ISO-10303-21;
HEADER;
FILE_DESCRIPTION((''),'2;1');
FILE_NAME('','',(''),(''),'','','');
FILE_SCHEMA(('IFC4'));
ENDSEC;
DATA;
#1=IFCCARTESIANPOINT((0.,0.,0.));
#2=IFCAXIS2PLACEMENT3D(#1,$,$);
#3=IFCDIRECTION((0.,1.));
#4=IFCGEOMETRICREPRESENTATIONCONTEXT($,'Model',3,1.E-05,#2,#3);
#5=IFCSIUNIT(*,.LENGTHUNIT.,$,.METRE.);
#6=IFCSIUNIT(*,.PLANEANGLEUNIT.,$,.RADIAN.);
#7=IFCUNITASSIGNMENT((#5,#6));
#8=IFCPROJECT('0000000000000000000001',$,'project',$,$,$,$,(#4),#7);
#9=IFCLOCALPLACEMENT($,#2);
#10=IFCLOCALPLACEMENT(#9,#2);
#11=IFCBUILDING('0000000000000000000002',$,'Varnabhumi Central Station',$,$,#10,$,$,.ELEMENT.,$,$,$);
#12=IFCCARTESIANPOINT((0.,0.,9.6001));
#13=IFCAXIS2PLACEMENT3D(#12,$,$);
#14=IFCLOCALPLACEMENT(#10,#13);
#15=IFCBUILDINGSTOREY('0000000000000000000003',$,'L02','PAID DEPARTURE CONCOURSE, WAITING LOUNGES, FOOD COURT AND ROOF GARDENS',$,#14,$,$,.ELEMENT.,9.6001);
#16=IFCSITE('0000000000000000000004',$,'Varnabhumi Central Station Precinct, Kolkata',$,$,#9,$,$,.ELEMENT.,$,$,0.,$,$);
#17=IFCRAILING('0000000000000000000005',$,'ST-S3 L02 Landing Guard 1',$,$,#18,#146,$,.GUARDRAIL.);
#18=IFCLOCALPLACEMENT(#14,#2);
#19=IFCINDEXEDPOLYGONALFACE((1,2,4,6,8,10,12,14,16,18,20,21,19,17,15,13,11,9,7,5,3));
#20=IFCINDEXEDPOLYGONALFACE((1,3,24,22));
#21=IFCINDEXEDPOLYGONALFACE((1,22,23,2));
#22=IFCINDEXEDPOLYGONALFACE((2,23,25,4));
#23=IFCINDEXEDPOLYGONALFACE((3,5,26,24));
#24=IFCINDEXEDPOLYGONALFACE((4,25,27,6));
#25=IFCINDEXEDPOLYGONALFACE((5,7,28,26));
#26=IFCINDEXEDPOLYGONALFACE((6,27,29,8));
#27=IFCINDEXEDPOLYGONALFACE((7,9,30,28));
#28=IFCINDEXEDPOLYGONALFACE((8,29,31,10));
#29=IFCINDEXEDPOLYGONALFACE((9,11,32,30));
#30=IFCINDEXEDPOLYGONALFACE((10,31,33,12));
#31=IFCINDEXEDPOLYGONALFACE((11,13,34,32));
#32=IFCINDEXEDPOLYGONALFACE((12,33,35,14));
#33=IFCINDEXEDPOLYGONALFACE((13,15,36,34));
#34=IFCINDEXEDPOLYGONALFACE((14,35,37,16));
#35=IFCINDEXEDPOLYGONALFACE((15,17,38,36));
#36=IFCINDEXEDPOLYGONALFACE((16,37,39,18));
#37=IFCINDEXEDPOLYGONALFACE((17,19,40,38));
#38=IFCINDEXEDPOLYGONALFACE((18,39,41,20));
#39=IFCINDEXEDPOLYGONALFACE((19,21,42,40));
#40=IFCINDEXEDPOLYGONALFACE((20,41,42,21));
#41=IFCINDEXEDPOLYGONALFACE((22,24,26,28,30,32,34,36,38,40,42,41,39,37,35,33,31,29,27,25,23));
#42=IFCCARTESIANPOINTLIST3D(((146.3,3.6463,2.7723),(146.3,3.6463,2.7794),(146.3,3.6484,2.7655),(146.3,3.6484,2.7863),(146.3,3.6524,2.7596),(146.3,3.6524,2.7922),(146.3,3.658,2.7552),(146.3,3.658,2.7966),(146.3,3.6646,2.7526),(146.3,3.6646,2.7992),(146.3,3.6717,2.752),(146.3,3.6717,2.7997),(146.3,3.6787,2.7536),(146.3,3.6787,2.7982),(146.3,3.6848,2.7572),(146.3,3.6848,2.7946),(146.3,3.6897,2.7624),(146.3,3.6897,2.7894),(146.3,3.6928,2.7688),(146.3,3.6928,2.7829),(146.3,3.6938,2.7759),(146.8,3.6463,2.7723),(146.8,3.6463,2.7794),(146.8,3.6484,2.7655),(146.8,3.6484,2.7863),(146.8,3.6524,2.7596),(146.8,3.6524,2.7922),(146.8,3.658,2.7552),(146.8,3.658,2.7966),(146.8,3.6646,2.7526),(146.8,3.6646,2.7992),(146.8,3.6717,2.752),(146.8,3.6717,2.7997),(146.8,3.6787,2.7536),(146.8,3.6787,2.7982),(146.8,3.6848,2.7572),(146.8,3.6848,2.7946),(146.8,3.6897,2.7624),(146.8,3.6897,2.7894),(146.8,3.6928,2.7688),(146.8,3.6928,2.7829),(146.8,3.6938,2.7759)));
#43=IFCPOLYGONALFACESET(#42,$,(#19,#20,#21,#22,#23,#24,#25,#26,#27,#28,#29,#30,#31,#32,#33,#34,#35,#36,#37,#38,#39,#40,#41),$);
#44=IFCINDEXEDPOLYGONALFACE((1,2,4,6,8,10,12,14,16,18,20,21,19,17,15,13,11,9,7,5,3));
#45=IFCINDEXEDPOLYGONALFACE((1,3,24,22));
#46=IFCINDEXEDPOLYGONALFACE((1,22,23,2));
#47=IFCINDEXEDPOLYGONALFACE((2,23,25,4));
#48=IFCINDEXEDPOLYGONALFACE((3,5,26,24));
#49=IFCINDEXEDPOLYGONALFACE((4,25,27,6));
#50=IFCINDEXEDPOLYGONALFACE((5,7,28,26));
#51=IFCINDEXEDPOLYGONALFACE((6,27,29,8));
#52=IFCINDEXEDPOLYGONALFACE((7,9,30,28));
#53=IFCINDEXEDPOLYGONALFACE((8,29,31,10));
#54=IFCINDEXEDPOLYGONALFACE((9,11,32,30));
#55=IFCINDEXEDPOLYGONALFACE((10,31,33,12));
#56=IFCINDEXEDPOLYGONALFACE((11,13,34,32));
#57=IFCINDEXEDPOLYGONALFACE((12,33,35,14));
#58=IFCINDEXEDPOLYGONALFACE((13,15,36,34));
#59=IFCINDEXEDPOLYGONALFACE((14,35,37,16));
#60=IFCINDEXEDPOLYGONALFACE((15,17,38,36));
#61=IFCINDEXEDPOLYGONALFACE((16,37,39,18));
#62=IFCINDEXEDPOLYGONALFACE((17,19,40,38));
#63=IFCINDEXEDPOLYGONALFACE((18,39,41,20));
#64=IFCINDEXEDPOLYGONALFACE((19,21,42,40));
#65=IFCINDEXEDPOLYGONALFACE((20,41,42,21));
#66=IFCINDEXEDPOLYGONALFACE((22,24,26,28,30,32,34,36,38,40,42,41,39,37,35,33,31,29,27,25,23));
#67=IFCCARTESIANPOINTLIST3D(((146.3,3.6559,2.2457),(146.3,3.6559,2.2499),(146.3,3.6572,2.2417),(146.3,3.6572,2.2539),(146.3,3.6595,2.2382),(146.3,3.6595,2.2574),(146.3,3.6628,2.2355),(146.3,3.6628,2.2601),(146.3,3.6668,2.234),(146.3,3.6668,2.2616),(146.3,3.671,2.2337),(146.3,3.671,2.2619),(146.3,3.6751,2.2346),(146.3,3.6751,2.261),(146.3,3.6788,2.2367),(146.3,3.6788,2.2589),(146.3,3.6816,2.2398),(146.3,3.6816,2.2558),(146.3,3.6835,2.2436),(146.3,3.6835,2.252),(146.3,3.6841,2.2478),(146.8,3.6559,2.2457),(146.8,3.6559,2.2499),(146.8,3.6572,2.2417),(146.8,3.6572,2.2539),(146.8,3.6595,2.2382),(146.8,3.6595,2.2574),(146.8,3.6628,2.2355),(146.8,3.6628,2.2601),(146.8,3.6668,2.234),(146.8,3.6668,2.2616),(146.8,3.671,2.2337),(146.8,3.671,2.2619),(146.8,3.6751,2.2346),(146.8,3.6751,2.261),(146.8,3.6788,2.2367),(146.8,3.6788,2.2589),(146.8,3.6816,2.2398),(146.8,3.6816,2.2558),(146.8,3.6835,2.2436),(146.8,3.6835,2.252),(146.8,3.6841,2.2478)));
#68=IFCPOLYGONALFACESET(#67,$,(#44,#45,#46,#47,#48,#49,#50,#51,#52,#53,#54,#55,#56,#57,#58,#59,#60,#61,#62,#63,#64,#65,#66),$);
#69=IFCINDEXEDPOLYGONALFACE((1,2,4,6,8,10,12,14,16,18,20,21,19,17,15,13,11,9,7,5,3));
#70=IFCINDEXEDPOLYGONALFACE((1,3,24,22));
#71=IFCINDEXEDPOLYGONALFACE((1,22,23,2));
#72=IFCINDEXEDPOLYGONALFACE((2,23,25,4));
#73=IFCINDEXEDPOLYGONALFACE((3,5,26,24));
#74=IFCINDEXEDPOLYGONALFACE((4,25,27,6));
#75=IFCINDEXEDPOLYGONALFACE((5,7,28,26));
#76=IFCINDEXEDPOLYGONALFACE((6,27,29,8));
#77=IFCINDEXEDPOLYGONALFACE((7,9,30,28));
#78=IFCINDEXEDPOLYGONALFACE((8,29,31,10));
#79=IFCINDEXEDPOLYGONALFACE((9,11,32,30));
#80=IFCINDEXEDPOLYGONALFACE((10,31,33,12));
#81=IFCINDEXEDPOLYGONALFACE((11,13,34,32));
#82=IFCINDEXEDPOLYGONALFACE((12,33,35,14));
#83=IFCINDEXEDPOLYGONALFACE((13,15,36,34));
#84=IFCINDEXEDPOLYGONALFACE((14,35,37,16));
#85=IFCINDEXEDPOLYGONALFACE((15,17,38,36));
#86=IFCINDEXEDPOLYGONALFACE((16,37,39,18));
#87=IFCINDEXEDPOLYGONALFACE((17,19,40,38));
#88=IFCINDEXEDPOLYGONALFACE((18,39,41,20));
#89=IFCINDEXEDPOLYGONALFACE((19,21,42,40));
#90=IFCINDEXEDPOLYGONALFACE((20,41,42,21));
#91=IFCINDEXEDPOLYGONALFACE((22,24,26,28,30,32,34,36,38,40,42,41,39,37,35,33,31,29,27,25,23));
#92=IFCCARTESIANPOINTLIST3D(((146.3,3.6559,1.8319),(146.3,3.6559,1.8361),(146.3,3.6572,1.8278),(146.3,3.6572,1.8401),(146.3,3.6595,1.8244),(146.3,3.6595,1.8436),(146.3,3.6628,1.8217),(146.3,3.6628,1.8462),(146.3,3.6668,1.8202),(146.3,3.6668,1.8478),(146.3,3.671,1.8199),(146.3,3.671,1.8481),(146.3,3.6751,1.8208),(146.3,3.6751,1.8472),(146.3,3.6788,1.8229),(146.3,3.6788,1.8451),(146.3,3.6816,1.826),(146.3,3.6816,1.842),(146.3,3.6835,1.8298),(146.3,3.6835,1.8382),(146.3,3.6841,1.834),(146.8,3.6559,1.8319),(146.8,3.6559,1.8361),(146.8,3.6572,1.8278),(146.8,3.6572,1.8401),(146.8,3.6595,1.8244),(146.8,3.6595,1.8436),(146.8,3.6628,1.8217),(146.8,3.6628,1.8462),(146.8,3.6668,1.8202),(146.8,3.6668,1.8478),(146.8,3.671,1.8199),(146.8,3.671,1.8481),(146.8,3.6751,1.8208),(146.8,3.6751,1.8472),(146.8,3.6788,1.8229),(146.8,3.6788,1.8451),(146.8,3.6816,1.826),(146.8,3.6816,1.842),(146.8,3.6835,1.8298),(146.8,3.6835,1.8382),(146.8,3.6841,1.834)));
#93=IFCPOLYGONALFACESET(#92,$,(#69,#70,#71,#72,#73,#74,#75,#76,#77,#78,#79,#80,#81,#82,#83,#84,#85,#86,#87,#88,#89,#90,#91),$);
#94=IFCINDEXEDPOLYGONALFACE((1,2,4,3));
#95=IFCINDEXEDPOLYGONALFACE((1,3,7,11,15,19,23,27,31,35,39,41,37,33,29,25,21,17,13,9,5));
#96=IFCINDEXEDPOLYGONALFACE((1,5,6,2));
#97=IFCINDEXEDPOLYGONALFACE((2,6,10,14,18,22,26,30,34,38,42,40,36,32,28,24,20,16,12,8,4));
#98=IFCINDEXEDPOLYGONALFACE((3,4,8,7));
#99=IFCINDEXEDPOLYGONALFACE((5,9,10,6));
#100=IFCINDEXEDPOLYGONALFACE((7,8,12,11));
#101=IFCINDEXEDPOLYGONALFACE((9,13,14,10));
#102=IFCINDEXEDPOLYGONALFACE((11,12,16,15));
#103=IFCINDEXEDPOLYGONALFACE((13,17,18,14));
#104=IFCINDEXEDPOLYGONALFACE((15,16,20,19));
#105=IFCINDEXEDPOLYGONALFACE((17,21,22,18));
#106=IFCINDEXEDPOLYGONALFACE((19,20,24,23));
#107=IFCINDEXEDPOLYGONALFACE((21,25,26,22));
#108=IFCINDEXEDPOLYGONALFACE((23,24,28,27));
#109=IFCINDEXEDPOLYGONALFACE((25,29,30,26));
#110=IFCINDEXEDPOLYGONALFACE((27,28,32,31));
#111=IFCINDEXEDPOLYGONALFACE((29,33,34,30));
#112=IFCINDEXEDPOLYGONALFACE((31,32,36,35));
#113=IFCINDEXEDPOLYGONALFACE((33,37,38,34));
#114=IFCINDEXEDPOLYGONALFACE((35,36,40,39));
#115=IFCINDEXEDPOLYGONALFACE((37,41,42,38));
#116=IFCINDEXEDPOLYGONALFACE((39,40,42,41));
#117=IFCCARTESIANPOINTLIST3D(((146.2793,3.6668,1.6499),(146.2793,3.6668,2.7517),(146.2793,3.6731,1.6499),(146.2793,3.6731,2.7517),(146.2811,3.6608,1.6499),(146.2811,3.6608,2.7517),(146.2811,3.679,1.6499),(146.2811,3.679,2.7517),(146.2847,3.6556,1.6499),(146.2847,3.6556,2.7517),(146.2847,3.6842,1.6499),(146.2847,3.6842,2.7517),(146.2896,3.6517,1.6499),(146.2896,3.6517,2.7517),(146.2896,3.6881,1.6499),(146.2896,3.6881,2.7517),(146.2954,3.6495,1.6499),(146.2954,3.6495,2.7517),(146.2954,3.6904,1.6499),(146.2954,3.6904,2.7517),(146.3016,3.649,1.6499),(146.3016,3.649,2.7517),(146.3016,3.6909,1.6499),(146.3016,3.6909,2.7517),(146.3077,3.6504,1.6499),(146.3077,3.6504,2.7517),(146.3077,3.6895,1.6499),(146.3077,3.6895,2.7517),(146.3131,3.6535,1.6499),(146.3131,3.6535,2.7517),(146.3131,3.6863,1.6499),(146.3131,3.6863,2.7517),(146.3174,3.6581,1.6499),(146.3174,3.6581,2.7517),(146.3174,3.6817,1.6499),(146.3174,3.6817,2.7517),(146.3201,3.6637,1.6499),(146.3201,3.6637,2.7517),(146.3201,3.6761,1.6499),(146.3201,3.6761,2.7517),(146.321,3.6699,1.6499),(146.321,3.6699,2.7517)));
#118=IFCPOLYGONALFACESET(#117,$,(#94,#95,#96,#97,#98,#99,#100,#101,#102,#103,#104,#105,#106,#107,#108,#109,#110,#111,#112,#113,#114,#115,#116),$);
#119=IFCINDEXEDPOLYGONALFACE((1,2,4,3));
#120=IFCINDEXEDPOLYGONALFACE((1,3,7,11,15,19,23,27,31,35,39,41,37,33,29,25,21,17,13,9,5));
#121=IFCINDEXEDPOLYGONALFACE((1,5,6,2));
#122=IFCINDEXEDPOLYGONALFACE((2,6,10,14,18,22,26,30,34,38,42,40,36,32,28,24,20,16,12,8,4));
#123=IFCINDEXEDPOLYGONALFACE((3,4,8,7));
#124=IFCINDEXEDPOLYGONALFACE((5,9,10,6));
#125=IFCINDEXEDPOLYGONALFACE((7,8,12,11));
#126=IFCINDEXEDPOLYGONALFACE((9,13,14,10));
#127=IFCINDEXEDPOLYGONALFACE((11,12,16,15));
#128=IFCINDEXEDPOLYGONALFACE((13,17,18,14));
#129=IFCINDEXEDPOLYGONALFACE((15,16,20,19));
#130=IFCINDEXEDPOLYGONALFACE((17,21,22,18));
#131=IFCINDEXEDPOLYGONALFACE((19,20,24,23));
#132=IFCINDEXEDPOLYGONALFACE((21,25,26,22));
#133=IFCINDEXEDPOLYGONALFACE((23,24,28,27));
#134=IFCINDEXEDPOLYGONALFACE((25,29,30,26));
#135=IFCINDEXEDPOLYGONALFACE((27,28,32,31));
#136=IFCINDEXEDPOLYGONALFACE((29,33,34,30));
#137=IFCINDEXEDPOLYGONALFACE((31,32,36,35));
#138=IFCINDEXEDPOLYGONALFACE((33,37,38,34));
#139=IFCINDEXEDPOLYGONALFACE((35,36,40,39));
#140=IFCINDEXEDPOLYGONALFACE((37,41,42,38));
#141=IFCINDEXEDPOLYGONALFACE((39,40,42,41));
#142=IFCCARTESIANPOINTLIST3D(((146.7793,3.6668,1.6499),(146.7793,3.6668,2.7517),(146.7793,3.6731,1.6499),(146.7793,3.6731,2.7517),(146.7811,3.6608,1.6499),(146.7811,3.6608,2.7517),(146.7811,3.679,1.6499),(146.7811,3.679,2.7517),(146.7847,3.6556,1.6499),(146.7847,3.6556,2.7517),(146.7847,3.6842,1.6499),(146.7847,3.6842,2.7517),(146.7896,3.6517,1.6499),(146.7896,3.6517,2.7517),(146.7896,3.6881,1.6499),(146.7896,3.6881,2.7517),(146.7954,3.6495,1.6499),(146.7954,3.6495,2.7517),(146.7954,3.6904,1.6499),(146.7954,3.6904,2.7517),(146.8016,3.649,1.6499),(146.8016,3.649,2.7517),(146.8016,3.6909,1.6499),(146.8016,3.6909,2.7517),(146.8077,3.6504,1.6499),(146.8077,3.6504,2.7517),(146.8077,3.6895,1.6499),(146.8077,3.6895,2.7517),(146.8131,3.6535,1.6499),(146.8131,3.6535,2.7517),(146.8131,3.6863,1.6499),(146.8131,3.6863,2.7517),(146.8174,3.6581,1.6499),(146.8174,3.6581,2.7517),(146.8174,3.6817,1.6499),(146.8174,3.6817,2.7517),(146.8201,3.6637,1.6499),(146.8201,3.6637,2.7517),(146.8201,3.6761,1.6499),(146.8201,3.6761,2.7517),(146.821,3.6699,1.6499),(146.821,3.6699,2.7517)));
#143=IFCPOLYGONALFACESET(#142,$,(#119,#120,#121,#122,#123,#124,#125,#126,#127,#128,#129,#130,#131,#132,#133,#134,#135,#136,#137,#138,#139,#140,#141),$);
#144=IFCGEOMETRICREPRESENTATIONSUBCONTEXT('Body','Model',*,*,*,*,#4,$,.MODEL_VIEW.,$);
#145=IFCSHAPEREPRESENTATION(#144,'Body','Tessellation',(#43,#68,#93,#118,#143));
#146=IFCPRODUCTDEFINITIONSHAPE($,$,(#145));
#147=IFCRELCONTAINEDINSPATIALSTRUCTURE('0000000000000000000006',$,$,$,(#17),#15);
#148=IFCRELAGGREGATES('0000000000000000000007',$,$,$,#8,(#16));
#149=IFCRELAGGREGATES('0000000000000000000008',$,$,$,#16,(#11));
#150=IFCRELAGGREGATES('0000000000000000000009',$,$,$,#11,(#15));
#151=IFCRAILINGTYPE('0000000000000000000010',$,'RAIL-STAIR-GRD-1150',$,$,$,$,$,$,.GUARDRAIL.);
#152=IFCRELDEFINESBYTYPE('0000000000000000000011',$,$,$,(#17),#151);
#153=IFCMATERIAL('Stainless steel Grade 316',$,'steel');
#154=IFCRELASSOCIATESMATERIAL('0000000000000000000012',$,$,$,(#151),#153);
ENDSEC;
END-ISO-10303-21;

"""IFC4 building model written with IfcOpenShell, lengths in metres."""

from ifc_helpers import new_model, si_unit, direction, frame, origin, origin_2d, place, context, subcontext, project, spatial, circle, extrude, material, type_object, element, save


model = new_model("IFC4")

# Units and contexts
model_context = context("Model", 3, precision=1e-05, world=origin(), true_north=direction((0.0, 1.0)))
body_context = subcontext(model_context, "Body", "Model", "MODEL_VIEW")
ifc_project = project(units=[si_unit("LENGTHUNIT", "METRE"), si_unit("PLANEANGLEUNIT", "RADIAN")], contexts=[model_context])

# Site, building, storey
site_placement = place(None, origin())
site = spatial("IfcSite", under=ifc_project, at=site_placement, Name="Varnabhumi Central Station Precinct, Kolkata", CompositionType="ELEMENT", RefElevation=0.0)
building_placement = place(site_placement, origin())
building = spatial("IfcBuilding", under=site, at=building_placement, Name="Varnabhumi Central Station", CompositionType="ELEMENT")
storey_placement = place(building_placement, frame((0.0, 0.0, 9.6001)))
storey = spatial("IfcBuildingStorey", under=building, at=storey_placement, Name="L02", Description="PAID DEPARTURE CONCOURSE, WAITING LOUNGES, FOOD COURT AND ROOF GARDENS", CompositionType="ELEMENT", Elevation=9.6001)

# Shared definitions
ifc_material_1 = material(Name="Stainless steel Grade 316", Category="steel")

# Railing
railing_type_1 = type_object("IfcRailingType", Name="RAIL-STAIR-GRD-1150", PredefinedType="GUARDRAIL", material=ifc_material_1)
for number, where, name in (
    (1, (146.3, 3.6699, 1.6499), "ST-S3 L02 Landing Guard 1"),
):
    element("IfcRailing", number, at=place(storey_placement, frame(where)), inside=storey, type_object=railing_type_1, Name=name, PredefinedType="GUARDRAIL", context=body_context, shape_type="SweptSolid", body=[
        extrude(circle(Radius=0.0239, at=origin_2d()), frame((0.0, 0.0, 1.126), z_axis=(1.0, 0.0, 0.0), x_axis=(0.0, 1.0, 0.0)), (0.0, 0.0, 1.0), 0.5),
        extrude(circle(Radius=0.0142, at=origin_2d()), frame((0.0, 0.0, 0.5979), z_axis=(1.0, 0.0, 0.0), x_axis=(0.0, 1.0, 0.0)), (0.0, 0.0, 1.0), 0.5),
        extrude(circle(Radius=0.0142, at=origin_2d()), frame((0.0, 0.0, 0.1841), z_axis=(1.0, 0.0, 0.0), x_axis=(0.0, 1.0, 0.0)), (0.0, 0.0, 1.0), 0.5),
        extrude(circle(Radius=0.021, at=origin_2d()), origin(), (0.0, 0.0, 1.0), 1.1018),
        extrude(circle(Radius=0.021, at=origin_2d()), frame((0.5, 0.0, 0.0)), (0.0, 0.0, 1.0), 1.1018),
    ])

save(model, "model.ifc")
